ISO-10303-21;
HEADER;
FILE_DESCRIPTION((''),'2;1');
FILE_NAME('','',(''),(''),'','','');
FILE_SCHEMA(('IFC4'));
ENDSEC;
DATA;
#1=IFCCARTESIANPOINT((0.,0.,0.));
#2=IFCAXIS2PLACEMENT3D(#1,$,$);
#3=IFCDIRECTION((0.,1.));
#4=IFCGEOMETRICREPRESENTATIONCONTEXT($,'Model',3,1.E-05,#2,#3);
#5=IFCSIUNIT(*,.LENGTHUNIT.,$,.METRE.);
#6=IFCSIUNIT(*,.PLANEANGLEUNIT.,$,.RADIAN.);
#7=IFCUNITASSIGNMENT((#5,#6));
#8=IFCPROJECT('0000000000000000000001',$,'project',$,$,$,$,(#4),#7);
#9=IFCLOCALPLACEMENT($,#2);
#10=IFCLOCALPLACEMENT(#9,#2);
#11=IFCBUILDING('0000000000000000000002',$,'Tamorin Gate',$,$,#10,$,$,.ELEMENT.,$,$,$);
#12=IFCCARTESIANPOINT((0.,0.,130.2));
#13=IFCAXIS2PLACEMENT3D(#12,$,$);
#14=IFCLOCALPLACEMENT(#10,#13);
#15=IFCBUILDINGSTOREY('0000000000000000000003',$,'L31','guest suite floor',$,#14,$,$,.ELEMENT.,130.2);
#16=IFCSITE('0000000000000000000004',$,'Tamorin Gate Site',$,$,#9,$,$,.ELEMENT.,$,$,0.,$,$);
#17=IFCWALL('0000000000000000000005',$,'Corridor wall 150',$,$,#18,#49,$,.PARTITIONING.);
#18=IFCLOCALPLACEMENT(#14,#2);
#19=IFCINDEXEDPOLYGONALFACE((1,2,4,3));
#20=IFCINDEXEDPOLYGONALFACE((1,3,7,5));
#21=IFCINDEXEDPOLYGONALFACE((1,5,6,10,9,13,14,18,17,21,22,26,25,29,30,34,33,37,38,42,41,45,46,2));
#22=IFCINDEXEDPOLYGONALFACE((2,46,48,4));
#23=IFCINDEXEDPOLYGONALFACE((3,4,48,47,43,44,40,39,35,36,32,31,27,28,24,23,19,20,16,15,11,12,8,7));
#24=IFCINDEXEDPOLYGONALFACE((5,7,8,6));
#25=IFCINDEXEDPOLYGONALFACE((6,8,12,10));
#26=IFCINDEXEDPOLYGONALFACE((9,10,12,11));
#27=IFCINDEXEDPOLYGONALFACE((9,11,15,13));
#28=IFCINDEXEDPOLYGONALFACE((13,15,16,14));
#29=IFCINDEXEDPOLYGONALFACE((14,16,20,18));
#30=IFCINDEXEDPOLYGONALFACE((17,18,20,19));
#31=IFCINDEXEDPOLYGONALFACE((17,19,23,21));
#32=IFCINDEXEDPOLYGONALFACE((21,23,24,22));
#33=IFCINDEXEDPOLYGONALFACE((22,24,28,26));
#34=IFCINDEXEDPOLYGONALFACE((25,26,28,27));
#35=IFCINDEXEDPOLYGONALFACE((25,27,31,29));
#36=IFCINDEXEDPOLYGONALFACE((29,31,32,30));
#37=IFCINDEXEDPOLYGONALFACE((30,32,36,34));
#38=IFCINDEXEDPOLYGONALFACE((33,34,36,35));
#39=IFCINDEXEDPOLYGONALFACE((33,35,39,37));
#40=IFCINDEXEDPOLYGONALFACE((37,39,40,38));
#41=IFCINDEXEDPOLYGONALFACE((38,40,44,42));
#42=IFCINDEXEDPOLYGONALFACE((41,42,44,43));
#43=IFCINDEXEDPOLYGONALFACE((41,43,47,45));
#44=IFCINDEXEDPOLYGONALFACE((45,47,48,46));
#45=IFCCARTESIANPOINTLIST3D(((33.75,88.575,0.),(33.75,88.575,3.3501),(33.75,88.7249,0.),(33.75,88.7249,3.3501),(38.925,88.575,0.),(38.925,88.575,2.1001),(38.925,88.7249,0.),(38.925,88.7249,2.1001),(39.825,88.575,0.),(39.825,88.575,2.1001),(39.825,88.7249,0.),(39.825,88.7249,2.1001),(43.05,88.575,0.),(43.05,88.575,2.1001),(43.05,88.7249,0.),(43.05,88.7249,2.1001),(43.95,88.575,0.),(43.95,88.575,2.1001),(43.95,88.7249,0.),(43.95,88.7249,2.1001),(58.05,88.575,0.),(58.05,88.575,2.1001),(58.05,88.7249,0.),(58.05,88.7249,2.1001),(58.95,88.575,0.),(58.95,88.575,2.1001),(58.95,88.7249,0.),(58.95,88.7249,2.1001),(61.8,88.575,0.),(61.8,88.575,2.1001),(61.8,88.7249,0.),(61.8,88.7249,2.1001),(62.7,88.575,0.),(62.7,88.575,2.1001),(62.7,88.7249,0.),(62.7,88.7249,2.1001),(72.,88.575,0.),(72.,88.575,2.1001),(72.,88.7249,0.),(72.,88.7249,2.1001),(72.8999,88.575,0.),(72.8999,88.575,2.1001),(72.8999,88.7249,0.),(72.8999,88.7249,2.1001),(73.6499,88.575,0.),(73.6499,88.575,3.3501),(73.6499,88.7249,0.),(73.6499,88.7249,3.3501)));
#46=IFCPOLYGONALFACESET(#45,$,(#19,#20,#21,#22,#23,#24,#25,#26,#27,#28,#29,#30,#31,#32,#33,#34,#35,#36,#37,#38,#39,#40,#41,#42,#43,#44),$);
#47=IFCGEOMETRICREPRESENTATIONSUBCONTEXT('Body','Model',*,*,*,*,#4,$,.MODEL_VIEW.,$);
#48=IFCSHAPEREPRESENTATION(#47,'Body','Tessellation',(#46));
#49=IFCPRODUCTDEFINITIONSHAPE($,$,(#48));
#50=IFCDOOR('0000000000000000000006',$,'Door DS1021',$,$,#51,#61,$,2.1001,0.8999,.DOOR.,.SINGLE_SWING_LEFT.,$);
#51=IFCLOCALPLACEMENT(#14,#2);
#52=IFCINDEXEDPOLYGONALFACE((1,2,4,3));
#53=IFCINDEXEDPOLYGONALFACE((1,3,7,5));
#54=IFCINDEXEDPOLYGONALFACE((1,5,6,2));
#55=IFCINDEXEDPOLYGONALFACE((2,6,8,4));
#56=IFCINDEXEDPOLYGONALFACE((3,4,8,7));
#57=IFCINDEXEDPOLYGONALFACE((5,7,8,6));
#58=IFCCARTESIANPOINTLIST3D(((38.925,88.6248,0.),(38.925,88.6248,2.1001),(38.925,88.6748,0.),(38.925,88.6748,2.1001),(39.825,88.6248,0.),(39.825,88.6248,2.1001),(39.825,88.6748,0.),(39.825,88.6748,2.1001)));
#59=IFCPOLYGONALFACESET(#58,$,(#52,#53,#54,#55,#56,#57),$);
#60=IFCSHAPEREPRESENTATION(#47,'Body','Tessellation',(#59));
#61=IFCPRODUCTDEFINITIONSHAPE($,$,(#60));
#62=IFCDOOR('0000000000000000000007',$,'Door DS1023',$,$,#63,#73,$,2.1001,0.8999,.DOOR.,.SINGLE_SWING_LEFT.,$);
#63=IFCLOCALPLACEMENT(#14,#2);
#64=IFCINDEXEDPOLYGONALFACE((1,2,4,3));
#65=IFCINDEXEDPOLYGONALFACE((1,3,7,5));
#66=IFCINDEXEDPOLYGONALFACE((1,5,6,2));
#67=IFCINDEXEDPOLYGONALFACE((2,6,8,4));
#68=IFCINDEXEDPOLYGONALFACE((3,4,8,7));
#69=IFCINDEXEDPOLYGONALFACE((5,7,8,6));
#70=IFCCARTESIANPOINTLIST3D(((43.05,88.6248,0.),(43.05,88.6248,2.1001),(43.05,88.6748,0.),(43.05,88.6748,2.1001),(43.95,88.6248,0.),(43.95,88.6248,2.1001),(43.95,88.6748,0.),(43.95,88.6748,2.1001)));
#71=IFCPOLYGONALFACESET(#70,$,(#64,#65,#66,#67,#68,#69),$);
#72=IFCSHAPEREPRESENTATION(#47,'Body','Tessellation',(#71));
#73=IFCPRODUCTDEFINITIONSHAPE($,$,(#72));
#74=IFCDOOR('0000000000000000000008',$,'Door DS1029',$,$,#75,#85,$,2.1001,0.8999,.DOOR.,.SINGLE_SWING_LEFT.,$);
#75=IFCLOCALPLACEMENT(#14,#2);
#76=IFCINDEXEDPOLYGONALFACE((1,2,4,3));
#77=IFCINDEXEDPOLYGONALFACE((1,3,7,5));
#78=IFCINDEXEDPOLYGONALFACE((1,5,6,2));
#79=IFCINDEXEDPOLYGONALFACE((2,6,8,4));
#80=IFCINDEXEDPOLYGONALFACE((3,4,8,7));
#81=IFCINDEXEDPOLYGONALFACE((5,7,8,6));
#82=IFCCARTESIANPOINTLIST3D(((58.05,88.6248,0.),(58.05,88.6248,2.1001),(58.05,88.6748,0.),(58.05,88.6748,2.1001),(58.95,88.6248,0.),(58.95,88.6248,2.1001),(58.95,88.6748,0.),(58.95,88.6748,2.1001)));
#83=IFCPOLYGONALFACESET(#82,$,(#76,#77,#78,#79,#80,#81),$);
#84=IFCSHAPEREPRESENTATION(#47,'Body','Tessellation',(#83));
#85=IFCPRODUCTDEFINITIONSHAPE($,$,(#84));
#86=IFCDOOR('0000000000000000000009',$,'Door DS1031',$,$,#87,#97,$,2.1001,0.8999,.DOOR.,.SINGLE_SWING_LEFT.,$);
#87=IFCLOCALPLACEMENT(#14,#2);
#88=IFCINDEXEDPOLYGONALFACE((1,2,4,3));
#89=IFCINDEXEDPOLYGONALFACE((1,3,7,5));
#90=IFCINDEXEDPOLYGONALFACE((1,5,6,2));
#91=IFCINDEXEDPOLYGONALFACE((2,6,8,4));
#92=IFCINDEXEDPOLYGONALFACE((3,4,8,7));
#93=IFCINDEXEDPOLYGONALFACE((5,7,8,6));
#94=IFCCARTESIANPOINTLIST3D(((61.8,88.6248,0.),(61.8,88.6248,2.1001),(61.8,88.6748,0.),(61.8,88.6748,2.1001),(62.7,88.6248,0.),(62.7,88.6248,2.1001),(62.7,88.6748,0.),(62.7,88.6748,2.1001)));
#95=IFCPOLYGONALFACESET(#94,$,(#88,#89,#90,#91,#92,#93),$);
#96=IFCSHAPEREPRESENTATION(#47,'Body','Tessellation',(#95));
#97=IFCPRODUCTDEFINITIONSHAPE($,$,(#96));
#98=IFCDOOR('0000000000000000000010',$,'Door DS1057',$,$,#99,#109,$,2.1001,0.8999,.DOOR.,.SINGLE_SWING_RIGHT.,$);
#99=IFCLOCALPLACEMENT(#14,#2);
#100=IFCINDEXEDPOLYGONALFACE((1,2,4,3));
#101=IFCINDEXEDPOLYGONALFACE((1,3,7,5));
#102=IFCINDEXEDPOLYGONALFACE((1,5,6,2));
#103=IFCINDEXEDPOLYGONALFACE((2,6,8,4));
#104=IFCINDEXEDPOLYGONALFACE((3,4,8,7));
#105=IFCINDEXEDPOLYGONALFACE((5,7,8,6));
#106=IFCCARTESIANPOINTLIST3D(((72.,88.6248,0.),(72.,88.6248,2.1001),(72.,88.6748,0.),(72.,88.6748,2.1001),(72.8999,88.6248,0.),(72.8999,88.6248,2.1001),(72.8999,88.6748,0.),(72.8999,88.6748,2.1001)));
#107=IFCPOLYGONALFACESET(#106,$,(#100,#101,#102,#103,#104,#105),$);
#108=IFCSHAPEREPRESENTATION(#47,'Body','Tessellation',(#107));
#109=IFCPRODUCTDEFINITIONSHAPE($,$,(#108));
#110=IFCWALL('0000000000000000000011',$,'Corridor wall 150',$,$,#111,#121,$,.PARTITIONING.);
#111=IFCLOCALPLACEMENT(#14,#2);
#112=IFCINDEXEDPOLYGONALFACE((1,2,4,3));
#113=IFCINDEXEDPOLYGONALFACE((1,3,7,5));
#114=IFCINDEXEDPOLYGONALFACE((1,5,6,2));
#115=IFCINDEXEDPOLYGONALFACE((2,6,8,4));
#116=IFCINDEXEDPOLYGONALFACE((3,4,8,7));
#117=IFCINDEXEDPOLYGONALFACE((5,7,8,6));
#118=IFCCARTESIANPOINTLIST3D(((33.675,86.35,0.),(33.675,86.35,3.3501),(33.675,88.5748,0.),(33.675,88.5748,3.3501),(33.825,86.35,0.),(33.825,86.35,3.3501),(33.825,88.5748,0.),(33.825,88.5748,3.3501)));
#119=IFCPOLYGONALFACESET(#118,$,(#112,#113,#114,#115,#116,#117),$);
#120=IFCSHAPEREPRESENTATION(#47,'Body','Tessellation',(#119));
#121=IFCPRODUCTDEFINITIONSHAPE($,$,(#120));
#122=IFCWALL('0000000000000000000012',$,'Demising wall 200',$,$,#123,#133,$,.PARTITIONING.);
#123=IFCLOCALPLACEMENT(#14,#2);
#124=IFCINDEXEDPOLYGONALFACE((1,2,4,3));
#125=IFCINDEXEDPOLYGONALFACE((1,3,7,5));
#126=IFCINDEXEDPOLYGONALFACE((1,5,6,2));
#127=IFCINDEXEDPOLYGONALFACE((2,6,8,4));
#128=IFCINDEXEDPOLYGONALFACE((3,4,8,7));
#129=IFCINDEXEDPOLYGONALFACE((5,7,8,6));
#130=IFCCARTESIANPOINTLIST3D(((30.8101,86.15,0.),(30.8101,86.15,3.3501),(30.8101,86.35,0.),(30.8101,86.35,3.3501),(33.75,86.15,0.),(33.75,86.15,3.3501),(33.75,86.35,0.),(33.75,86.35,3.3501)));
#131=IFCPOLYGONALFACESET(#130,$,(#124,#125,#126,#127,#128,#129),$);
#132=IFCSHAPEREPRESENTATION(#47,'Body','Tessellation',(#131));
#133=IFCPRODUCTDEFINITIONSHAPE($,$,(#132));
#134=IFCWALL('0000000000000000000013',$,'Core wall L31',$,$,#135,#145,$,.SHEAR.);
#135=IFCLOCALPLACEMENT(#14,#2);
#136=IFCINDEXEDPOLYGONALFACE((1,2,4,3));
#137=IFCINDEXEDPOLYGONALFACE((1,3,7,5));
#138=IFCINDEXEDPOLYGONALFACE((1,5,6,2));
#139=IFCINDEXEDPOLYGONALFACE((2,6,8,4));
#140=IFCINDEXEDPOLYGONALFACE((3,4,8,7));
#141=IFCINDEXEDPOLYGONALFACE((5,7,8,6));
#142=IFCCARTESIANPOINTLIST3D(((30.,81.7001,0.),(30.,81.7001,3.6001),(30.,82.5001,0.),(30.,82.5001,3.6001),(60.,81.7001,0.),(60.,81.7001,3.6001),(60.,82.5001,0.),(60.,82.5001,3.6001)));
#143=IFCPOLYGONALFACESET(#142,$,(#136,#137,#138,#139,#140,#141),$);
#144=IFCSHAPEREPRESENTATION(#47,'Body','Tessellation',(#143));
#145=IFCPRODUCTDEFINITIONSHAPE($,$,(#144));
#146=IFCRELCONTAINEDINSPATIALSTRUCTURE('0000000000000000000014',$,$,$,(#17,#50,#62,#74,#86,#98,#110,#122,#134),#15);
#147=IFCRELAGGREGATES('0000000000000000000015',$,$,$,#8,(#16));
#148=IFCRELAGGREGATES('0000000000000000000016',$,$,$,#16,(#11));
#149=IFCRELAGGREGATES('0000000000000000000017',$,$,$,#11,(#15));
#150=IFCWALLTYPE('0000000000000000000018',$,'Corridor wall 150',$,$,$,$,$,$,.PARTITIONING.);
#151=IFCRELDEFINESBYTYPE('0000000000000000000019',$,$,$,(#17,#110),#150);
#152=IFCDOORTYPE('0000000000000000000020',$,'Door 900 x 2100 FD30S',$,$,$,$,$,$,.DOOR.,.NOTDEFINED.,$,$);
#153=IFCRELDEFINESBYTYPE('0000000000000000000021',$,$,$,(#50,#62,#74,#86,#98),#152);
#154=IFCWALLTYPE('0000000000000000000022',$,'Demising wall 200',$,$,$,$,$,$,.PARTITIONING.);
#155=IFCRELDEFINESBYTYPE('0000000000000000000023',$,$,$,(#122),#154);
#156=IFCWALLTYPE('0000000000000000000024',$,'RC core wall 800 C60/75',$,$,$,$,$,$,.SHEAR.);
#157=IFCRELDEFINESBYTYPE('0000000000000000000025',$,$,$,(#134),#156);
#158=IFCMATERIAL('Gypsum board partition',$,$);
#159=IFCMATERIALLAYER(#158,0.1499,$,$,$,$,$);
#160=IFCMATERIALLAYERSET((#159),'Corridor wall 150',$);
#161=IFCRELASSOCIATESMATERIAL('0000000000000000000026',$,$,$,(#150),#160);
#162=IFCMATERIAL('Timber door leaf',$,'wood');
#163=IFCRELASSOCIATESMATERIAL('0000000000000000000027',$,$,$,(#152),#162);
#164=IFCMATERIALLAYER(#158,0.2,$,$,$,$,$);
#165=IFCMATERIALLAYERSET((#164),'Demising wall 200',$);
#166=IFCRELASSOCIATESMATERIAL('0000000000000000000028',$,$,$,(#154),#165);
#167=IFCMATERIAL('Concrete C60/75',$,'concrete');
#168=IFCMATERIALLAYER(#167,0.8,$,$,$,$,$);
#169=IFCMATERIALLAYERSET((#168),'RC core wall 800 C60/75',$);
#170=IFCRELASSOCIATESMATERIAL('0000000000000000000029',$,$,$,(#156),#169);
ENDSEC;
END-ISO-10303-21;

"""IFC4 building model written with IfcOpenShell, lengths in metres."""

from ifc_helpers import new_model, si_unit, direction, frame, frame_2d, origin, place, context, subcontext, project, spatial, rectangle, extrude, material, layer, layer_set, type_object, element, fill, save


model = new_model("IFC4")

# Units and contexts
model_context = context("Model", 3, precision=1e-05, world=origin(), true_north=direction((0.0, 1.0)))
body_context = subcontext(model_context, "Body", "Model", "MODEL_VIEW")
ifc_project = project(units=[si_unit("LENGTHUNIT", "METRE"), si_unit("PLANEANGLEUNIT", "RADIAN")], contexts=[model_context])

# Site, building, storey
site_placement = place(None, origin())
site = spatial("IfcSite", under=ifc_project, at=site_placement, Name="Tamorin Gate Site", CompositionType="ELEMENT", RefElevation=0.0)
building_placement = place(site_placement, origin())
building = spatial("IfcBuilding", under=site, at=building_placement, Name="Tamorin Gate", CompositionType="ELEMENT")
storey_placement = place(building_placement, frame((0.0, 0.0, 130.2)))
storey = spatial("IfcBuildingStorey", under=building, at=storey_placement, Name="L31", Description="guest suite floor", CompositionType="ELEMENT", Elevation=130.2)

# Wall, openings, doors
ifc_material_1 = material(Name="Gypsum board partition")
ifc_layer_1 = layer(ifc_material_1, 0.1499)
ifc_layer_set_1 = layer_set([ifc_layer_1], Name="Corridor wall 150")
wall_type_1 = type_object("IfcWallType", Name="Corridor wall 150", PredefinedType="PARTITIONING", material=ifc_layer_set_1)
ifc_material_2 = material(Name="Timber door leaf", Category="wood")
door_type_1 = type_object("IfcDoorType", Name="Door 900 x 2100 FD30S", OperationType="NOTDEFINED", PredefinedType="DOOR", material=ifc_material_2)
wall_1_placement = place(storey_placement, frame((33.75, 88.6499, 0.0), z_axis=(0.0, 0.0, 1.0), x_axis=(1.0, 0.0, 0.0)))
wall_1 = element("IfcWall", 1, at=wall_1_placement, inside=storey, type_object=wall_type_1, Name="Corridor wall 150", PredefinedType="PARTITIONING", context=body_context, shape_type="SweptSolid", body=[
    extrude(rectangle(XDim=39.8999, YDim=0.1499, at=frame_2d((19.95, 0.0))), origin(), (0.0, 0.0, 1.0), 3.3501),
])
opening_1_placement = place(wall_1_placement, frame((5.175, 0.0, 0.0)))
opening_1 = element("IfcOpeningElement", 2, at=opening_1_placement, cuts=wall_1, PredefinedType="OPENING", context=body_context, shape_type="SweptSolid", body=[
    extrude(rectangle(XDim=0.8999, YDim=2.1001, at=frame_2d((0.45, 1.05))), frame((0.0, 0.085, 0.0), z_axis=(0.0, -1.0, 0.0), x_axis=(1.0, 0.0, 0.0)), (0.0, 0.0, 1.0), 0.1699),
])
opening_2_placement = place(wall_1_placement, frame((9.3, 0.0, 0.0)))
opening_2 = element("IfcOpeningElement", 3, at=opening_2_placement, cuts=wall_1, PredefinedType="OPENING", context=body_context, shape_type="SweptSolid", body=[
    extrude(rectangle(XDim=0.8999, YDim=2.1001, at=frame_2d((0.45, 1.05))), frame((0.0, 0.085, 0.0), z_axis=(0.0, -1.0, 0.0), x_axis=(1.0, 0.0, 0.0)), (0.0, 0.0, 1.0), 0.1699),
])
opening_3_placement = place(wall_1_placement, frame((24.3, 0.0, 0.0)))
opening_3 = element("IfcOpeningElement", 4, at=opening_3_placement, cuts=wall_1, PredefinedType="OPENING", context=body_context, shape_type="SweptSolid", body=[
    extrude(rectangle(XDim=0.8999, YDim=2.1001, at=frame_2d((0.45, 1.05))), frame((0.0, 0.085, 0.0), z_axis=(0.0, -1.0, 0.0), x_axis=(1.0, 0.0, 0.0)), (0.0, 0.0, 1.0), 0.1699),
])
opening_4_placement = place(wall_1_placement, frame((28.05, 0.0, 0.0)))
opening_4 = element("IfcOpeningElement", 5, at=opening_4_placement, cuts=wall_1, PredefinedType="OPENING", context=body_context, shape_type="SweptSolid", body=[
    extrude(rectangle(XDim=0.8999, YDim=2.1001, at=frame_2d((0.45, 1.05))), frame((0.0, 0.085, 0.0), z_axis=(0.0, -1.0, 0.0), x_axis=(1.0, 0.0, 0.0)), (0.0, 0.0, 1.0), 0.1699),
])
opening_5_placement = place(wall_1_placement, frame((38.25, 0.0, 0.0)))
opening_5 = element("IfcOpeningElement", 6, at=opening_5_placement, cuts=wall_1, PredefinedType="OPENING", context=body_context, shape_type="SweptSolid", body=[
    extrude(rectangle(XDim=0.8999, YDim=2.1001, at=frame_2d((0.45, 1.05))), frame((0.0, 0.085, 0.0), z_axis=(0.0, -1.0, 0.0), x_axis=(1.0, 0.0, 0.0)), (0.0, 0.0, 1.0), 0.1699),
])
door_1_placement = place(opening_1_placement, origin())
door_1 = element("IfcDoor", 7, at=door_1_placement, inside=storey, type_object=door_type_1, Name="Door DS1021", OperationType="SINGLE_SWING_LEFT", OverallHeight=2.1001, OverallWidth=0.8999, PredefinedType="DOOR", context=body_context, shape_type="SweptSolid", body=[
    extrude(rectangle(XDim=0.8999, YDim=2.1001, at=frame_2d((0.45, 1.05))), frame((0.0, 0.0249, 0.0), z_axis=(0.0, -1.0, 0.0), x_axis=(1.0, 0.0, 0.0)), (0.0, 0.0, 1.0), 0.05),
])
fill(opening_1, door_1)
door_2_placement = place(opening_2_placement, origin())
door_2 = element("IfcDoor", 8, at=door_2_placement, inside=storey, type_object=door_type_1, Name="Door DS1023", OperationType="SINGLE_SWING_LEFT", OverallHeight=2.1001, OverallWidth=0.8999, PredefinedType="DOOR", context=body_context, shape_type="SweptSolid", body=[
    extrude(rectangle(XDim=0.8999, YDim=2.1001, at=frame_2d((0.45, 1.05))), frame((0.0, 0.0249, 0.0), z_axis=(0.0, -1.0, 0.0), x_axis=(1.0, 0.0, 0.0)), (0.0, 0.0, 1.0), 0.05),
])
fill(opening_2, door_2)
door_3_placement = place(opening_3_placement, origin())
door_3 = element("IfcDoor", 9, at=door_3_placement, inside=storey, type_object=door_type_1, Name="Door DS1029", OperationType="SINGLE_SWING_LEFT", OverallHeight=2.1001, OverallWidth=0.8999, PredefinedType="DOOR", context=body_context, shape_type="SweptSolid", body=[
    extrude(rectangle(XDim=0.8999, YDim=2.1001, at=frame_2d((0.45, 1.05))), frame((0.0, 0.0249, 0.0), z_axis=(0.0, -1.0, 0.0), x_axis=(1.0, 0.0, 0.0)), (0.0, 0.0, 1.0), 0.05),
])
fill(opening_3, door_3)
door_4_placement = place(opening_4_placement, origin())
door_4 = element("IfcDoor", 10, at=door_4_placement, inside=storey, type_object=door_type_1, Name="Door DS1031", OperationType="SINGLE_SWING_LEFT", OverallHeight=2.1001, OverallWidth=0.8999, PredefinedType="DOOR", context=body_context, shape_type="SweptSolid", body=[
    extrude(rectangle(XDim=0.8999, YDim=2.1001, at=frame_2d((0.45, 1.05))), frame((0.0, 0.0249, 0.0), z_axis=(0.0, -1.0, 0.0), x_axis=(1.0, 0.0, 0.0)), (0.0, 0.0, 1.0), 0.05),
])
fill(opening_4, door_4)
door_5_placement = place(opening_5_placement, origin())
door_5 = element("IfcDoor", 11, at=door_5_placement, inside=storey, type_object=door_type_1, Name="Door DS1057", OperationType="SINGLE_SWING_RIGHT", OverallHeight=2.1001, OverallWidth=0.8999, PredefinedType="DOOR", context=body_context, shape_type="SweptSolid", body=[
    extrude(rectangle(XDim=0.8999, YDim=2.1001, at=frame_2d((0.45, 1.05))), frame((0.0, 0.0249, 0.0), z_axis=(0.0, -1.0, 0.0), x_axis=(1.0, 0.0, 0.0)), (0.0, 0.0, 1.0), 0.05),
])
fill(opening_5, door_5)

# Walls
wall_2_placement = place(storey_placement, frame((33.75, 86.3501, 0.0), z_axis=(0.0, 0.0, 1.0), x_axis=(0.0, 1.0, 0.0)))
element("IfcWall", 12, at=wall_2_placement, inside=storey, type_object=wall_type_1, Name="Corridor wall 150", PredefinedType="PARTITIONING", context=body_context, shape_type="SweptSolid", body=[
    extrude(rectangle(XDim=2.2249, YDim=0.1499, at=frame_2d((1.1123, 0.0))), origin(), (0.0, 0.0, 1.0), 3.3501),
])
ifc_layer_2 = layer(ifc_material_1, 0.2)
ifc_layer_set_2 = layer_set([ifc_layer_2], Name="Demising wall 200")
wall_type_2 = type_object("IfcWallType", Name="Demising wall 200", PredefinedType="PARTITIONING", material=ifc_layer_set_2)
wall_3_placement = place(storey_placement, frame((30.8101, 86.25, 0.0), z_axis=(0.0, 0.0, 1.0), x_axis=(1.0, 0.0, 0.0)))
element("IfcWall", 13, at=wall_3_placement, inside=storey, type_object=wall_type_2, Name="Demising wall 200", PredefinedType="PARTITIONING", context=body_context, shape_type="SweptSolid", body=[
    extrude(rectangle(XDim=2.9399, YDim=0.2, at=frame_2d((1.47, 0.0))), origin(), (0.0, 0.0, 1.0), 3.3501),
])
ifc_material_3 = material(Name="Concrete C60/75", Category="concrete")
ifc_layer_3 = layer(ifc_material_3, 0.8)
ifc_layer_set_3 = layer_set([ifc_layer_3], Name="RC core wall 800 C60/75")
wall_type_3 = type_object("IfcWallType", Name="RC core wall 800 C60/75", PredefinedType="SHEAR", material=ifc_layer_set_3)
wall_4_placement = place(storey_placement, frame((30.0, 82.1001, 0.0), z_axis=(0.0, 0.0, 1.0), x_axis=(1.0, 0.0, 0.0)))
element("IfcWall", 14, at=wall_4_placement, inside=storey, type_object=wall_type_3, Name="Core wall L31", PredefinedType="SHEAR", context=body_context, shape_type="SweptSolid", body=[
    extrude(rectangle(XDim=30.0, YDim=0.8, at=frame_2d((15.0, 0.0))), origin(), (0.0, 0.0, 1.0), 3.6001),
])

save(model, "model.ifc")
